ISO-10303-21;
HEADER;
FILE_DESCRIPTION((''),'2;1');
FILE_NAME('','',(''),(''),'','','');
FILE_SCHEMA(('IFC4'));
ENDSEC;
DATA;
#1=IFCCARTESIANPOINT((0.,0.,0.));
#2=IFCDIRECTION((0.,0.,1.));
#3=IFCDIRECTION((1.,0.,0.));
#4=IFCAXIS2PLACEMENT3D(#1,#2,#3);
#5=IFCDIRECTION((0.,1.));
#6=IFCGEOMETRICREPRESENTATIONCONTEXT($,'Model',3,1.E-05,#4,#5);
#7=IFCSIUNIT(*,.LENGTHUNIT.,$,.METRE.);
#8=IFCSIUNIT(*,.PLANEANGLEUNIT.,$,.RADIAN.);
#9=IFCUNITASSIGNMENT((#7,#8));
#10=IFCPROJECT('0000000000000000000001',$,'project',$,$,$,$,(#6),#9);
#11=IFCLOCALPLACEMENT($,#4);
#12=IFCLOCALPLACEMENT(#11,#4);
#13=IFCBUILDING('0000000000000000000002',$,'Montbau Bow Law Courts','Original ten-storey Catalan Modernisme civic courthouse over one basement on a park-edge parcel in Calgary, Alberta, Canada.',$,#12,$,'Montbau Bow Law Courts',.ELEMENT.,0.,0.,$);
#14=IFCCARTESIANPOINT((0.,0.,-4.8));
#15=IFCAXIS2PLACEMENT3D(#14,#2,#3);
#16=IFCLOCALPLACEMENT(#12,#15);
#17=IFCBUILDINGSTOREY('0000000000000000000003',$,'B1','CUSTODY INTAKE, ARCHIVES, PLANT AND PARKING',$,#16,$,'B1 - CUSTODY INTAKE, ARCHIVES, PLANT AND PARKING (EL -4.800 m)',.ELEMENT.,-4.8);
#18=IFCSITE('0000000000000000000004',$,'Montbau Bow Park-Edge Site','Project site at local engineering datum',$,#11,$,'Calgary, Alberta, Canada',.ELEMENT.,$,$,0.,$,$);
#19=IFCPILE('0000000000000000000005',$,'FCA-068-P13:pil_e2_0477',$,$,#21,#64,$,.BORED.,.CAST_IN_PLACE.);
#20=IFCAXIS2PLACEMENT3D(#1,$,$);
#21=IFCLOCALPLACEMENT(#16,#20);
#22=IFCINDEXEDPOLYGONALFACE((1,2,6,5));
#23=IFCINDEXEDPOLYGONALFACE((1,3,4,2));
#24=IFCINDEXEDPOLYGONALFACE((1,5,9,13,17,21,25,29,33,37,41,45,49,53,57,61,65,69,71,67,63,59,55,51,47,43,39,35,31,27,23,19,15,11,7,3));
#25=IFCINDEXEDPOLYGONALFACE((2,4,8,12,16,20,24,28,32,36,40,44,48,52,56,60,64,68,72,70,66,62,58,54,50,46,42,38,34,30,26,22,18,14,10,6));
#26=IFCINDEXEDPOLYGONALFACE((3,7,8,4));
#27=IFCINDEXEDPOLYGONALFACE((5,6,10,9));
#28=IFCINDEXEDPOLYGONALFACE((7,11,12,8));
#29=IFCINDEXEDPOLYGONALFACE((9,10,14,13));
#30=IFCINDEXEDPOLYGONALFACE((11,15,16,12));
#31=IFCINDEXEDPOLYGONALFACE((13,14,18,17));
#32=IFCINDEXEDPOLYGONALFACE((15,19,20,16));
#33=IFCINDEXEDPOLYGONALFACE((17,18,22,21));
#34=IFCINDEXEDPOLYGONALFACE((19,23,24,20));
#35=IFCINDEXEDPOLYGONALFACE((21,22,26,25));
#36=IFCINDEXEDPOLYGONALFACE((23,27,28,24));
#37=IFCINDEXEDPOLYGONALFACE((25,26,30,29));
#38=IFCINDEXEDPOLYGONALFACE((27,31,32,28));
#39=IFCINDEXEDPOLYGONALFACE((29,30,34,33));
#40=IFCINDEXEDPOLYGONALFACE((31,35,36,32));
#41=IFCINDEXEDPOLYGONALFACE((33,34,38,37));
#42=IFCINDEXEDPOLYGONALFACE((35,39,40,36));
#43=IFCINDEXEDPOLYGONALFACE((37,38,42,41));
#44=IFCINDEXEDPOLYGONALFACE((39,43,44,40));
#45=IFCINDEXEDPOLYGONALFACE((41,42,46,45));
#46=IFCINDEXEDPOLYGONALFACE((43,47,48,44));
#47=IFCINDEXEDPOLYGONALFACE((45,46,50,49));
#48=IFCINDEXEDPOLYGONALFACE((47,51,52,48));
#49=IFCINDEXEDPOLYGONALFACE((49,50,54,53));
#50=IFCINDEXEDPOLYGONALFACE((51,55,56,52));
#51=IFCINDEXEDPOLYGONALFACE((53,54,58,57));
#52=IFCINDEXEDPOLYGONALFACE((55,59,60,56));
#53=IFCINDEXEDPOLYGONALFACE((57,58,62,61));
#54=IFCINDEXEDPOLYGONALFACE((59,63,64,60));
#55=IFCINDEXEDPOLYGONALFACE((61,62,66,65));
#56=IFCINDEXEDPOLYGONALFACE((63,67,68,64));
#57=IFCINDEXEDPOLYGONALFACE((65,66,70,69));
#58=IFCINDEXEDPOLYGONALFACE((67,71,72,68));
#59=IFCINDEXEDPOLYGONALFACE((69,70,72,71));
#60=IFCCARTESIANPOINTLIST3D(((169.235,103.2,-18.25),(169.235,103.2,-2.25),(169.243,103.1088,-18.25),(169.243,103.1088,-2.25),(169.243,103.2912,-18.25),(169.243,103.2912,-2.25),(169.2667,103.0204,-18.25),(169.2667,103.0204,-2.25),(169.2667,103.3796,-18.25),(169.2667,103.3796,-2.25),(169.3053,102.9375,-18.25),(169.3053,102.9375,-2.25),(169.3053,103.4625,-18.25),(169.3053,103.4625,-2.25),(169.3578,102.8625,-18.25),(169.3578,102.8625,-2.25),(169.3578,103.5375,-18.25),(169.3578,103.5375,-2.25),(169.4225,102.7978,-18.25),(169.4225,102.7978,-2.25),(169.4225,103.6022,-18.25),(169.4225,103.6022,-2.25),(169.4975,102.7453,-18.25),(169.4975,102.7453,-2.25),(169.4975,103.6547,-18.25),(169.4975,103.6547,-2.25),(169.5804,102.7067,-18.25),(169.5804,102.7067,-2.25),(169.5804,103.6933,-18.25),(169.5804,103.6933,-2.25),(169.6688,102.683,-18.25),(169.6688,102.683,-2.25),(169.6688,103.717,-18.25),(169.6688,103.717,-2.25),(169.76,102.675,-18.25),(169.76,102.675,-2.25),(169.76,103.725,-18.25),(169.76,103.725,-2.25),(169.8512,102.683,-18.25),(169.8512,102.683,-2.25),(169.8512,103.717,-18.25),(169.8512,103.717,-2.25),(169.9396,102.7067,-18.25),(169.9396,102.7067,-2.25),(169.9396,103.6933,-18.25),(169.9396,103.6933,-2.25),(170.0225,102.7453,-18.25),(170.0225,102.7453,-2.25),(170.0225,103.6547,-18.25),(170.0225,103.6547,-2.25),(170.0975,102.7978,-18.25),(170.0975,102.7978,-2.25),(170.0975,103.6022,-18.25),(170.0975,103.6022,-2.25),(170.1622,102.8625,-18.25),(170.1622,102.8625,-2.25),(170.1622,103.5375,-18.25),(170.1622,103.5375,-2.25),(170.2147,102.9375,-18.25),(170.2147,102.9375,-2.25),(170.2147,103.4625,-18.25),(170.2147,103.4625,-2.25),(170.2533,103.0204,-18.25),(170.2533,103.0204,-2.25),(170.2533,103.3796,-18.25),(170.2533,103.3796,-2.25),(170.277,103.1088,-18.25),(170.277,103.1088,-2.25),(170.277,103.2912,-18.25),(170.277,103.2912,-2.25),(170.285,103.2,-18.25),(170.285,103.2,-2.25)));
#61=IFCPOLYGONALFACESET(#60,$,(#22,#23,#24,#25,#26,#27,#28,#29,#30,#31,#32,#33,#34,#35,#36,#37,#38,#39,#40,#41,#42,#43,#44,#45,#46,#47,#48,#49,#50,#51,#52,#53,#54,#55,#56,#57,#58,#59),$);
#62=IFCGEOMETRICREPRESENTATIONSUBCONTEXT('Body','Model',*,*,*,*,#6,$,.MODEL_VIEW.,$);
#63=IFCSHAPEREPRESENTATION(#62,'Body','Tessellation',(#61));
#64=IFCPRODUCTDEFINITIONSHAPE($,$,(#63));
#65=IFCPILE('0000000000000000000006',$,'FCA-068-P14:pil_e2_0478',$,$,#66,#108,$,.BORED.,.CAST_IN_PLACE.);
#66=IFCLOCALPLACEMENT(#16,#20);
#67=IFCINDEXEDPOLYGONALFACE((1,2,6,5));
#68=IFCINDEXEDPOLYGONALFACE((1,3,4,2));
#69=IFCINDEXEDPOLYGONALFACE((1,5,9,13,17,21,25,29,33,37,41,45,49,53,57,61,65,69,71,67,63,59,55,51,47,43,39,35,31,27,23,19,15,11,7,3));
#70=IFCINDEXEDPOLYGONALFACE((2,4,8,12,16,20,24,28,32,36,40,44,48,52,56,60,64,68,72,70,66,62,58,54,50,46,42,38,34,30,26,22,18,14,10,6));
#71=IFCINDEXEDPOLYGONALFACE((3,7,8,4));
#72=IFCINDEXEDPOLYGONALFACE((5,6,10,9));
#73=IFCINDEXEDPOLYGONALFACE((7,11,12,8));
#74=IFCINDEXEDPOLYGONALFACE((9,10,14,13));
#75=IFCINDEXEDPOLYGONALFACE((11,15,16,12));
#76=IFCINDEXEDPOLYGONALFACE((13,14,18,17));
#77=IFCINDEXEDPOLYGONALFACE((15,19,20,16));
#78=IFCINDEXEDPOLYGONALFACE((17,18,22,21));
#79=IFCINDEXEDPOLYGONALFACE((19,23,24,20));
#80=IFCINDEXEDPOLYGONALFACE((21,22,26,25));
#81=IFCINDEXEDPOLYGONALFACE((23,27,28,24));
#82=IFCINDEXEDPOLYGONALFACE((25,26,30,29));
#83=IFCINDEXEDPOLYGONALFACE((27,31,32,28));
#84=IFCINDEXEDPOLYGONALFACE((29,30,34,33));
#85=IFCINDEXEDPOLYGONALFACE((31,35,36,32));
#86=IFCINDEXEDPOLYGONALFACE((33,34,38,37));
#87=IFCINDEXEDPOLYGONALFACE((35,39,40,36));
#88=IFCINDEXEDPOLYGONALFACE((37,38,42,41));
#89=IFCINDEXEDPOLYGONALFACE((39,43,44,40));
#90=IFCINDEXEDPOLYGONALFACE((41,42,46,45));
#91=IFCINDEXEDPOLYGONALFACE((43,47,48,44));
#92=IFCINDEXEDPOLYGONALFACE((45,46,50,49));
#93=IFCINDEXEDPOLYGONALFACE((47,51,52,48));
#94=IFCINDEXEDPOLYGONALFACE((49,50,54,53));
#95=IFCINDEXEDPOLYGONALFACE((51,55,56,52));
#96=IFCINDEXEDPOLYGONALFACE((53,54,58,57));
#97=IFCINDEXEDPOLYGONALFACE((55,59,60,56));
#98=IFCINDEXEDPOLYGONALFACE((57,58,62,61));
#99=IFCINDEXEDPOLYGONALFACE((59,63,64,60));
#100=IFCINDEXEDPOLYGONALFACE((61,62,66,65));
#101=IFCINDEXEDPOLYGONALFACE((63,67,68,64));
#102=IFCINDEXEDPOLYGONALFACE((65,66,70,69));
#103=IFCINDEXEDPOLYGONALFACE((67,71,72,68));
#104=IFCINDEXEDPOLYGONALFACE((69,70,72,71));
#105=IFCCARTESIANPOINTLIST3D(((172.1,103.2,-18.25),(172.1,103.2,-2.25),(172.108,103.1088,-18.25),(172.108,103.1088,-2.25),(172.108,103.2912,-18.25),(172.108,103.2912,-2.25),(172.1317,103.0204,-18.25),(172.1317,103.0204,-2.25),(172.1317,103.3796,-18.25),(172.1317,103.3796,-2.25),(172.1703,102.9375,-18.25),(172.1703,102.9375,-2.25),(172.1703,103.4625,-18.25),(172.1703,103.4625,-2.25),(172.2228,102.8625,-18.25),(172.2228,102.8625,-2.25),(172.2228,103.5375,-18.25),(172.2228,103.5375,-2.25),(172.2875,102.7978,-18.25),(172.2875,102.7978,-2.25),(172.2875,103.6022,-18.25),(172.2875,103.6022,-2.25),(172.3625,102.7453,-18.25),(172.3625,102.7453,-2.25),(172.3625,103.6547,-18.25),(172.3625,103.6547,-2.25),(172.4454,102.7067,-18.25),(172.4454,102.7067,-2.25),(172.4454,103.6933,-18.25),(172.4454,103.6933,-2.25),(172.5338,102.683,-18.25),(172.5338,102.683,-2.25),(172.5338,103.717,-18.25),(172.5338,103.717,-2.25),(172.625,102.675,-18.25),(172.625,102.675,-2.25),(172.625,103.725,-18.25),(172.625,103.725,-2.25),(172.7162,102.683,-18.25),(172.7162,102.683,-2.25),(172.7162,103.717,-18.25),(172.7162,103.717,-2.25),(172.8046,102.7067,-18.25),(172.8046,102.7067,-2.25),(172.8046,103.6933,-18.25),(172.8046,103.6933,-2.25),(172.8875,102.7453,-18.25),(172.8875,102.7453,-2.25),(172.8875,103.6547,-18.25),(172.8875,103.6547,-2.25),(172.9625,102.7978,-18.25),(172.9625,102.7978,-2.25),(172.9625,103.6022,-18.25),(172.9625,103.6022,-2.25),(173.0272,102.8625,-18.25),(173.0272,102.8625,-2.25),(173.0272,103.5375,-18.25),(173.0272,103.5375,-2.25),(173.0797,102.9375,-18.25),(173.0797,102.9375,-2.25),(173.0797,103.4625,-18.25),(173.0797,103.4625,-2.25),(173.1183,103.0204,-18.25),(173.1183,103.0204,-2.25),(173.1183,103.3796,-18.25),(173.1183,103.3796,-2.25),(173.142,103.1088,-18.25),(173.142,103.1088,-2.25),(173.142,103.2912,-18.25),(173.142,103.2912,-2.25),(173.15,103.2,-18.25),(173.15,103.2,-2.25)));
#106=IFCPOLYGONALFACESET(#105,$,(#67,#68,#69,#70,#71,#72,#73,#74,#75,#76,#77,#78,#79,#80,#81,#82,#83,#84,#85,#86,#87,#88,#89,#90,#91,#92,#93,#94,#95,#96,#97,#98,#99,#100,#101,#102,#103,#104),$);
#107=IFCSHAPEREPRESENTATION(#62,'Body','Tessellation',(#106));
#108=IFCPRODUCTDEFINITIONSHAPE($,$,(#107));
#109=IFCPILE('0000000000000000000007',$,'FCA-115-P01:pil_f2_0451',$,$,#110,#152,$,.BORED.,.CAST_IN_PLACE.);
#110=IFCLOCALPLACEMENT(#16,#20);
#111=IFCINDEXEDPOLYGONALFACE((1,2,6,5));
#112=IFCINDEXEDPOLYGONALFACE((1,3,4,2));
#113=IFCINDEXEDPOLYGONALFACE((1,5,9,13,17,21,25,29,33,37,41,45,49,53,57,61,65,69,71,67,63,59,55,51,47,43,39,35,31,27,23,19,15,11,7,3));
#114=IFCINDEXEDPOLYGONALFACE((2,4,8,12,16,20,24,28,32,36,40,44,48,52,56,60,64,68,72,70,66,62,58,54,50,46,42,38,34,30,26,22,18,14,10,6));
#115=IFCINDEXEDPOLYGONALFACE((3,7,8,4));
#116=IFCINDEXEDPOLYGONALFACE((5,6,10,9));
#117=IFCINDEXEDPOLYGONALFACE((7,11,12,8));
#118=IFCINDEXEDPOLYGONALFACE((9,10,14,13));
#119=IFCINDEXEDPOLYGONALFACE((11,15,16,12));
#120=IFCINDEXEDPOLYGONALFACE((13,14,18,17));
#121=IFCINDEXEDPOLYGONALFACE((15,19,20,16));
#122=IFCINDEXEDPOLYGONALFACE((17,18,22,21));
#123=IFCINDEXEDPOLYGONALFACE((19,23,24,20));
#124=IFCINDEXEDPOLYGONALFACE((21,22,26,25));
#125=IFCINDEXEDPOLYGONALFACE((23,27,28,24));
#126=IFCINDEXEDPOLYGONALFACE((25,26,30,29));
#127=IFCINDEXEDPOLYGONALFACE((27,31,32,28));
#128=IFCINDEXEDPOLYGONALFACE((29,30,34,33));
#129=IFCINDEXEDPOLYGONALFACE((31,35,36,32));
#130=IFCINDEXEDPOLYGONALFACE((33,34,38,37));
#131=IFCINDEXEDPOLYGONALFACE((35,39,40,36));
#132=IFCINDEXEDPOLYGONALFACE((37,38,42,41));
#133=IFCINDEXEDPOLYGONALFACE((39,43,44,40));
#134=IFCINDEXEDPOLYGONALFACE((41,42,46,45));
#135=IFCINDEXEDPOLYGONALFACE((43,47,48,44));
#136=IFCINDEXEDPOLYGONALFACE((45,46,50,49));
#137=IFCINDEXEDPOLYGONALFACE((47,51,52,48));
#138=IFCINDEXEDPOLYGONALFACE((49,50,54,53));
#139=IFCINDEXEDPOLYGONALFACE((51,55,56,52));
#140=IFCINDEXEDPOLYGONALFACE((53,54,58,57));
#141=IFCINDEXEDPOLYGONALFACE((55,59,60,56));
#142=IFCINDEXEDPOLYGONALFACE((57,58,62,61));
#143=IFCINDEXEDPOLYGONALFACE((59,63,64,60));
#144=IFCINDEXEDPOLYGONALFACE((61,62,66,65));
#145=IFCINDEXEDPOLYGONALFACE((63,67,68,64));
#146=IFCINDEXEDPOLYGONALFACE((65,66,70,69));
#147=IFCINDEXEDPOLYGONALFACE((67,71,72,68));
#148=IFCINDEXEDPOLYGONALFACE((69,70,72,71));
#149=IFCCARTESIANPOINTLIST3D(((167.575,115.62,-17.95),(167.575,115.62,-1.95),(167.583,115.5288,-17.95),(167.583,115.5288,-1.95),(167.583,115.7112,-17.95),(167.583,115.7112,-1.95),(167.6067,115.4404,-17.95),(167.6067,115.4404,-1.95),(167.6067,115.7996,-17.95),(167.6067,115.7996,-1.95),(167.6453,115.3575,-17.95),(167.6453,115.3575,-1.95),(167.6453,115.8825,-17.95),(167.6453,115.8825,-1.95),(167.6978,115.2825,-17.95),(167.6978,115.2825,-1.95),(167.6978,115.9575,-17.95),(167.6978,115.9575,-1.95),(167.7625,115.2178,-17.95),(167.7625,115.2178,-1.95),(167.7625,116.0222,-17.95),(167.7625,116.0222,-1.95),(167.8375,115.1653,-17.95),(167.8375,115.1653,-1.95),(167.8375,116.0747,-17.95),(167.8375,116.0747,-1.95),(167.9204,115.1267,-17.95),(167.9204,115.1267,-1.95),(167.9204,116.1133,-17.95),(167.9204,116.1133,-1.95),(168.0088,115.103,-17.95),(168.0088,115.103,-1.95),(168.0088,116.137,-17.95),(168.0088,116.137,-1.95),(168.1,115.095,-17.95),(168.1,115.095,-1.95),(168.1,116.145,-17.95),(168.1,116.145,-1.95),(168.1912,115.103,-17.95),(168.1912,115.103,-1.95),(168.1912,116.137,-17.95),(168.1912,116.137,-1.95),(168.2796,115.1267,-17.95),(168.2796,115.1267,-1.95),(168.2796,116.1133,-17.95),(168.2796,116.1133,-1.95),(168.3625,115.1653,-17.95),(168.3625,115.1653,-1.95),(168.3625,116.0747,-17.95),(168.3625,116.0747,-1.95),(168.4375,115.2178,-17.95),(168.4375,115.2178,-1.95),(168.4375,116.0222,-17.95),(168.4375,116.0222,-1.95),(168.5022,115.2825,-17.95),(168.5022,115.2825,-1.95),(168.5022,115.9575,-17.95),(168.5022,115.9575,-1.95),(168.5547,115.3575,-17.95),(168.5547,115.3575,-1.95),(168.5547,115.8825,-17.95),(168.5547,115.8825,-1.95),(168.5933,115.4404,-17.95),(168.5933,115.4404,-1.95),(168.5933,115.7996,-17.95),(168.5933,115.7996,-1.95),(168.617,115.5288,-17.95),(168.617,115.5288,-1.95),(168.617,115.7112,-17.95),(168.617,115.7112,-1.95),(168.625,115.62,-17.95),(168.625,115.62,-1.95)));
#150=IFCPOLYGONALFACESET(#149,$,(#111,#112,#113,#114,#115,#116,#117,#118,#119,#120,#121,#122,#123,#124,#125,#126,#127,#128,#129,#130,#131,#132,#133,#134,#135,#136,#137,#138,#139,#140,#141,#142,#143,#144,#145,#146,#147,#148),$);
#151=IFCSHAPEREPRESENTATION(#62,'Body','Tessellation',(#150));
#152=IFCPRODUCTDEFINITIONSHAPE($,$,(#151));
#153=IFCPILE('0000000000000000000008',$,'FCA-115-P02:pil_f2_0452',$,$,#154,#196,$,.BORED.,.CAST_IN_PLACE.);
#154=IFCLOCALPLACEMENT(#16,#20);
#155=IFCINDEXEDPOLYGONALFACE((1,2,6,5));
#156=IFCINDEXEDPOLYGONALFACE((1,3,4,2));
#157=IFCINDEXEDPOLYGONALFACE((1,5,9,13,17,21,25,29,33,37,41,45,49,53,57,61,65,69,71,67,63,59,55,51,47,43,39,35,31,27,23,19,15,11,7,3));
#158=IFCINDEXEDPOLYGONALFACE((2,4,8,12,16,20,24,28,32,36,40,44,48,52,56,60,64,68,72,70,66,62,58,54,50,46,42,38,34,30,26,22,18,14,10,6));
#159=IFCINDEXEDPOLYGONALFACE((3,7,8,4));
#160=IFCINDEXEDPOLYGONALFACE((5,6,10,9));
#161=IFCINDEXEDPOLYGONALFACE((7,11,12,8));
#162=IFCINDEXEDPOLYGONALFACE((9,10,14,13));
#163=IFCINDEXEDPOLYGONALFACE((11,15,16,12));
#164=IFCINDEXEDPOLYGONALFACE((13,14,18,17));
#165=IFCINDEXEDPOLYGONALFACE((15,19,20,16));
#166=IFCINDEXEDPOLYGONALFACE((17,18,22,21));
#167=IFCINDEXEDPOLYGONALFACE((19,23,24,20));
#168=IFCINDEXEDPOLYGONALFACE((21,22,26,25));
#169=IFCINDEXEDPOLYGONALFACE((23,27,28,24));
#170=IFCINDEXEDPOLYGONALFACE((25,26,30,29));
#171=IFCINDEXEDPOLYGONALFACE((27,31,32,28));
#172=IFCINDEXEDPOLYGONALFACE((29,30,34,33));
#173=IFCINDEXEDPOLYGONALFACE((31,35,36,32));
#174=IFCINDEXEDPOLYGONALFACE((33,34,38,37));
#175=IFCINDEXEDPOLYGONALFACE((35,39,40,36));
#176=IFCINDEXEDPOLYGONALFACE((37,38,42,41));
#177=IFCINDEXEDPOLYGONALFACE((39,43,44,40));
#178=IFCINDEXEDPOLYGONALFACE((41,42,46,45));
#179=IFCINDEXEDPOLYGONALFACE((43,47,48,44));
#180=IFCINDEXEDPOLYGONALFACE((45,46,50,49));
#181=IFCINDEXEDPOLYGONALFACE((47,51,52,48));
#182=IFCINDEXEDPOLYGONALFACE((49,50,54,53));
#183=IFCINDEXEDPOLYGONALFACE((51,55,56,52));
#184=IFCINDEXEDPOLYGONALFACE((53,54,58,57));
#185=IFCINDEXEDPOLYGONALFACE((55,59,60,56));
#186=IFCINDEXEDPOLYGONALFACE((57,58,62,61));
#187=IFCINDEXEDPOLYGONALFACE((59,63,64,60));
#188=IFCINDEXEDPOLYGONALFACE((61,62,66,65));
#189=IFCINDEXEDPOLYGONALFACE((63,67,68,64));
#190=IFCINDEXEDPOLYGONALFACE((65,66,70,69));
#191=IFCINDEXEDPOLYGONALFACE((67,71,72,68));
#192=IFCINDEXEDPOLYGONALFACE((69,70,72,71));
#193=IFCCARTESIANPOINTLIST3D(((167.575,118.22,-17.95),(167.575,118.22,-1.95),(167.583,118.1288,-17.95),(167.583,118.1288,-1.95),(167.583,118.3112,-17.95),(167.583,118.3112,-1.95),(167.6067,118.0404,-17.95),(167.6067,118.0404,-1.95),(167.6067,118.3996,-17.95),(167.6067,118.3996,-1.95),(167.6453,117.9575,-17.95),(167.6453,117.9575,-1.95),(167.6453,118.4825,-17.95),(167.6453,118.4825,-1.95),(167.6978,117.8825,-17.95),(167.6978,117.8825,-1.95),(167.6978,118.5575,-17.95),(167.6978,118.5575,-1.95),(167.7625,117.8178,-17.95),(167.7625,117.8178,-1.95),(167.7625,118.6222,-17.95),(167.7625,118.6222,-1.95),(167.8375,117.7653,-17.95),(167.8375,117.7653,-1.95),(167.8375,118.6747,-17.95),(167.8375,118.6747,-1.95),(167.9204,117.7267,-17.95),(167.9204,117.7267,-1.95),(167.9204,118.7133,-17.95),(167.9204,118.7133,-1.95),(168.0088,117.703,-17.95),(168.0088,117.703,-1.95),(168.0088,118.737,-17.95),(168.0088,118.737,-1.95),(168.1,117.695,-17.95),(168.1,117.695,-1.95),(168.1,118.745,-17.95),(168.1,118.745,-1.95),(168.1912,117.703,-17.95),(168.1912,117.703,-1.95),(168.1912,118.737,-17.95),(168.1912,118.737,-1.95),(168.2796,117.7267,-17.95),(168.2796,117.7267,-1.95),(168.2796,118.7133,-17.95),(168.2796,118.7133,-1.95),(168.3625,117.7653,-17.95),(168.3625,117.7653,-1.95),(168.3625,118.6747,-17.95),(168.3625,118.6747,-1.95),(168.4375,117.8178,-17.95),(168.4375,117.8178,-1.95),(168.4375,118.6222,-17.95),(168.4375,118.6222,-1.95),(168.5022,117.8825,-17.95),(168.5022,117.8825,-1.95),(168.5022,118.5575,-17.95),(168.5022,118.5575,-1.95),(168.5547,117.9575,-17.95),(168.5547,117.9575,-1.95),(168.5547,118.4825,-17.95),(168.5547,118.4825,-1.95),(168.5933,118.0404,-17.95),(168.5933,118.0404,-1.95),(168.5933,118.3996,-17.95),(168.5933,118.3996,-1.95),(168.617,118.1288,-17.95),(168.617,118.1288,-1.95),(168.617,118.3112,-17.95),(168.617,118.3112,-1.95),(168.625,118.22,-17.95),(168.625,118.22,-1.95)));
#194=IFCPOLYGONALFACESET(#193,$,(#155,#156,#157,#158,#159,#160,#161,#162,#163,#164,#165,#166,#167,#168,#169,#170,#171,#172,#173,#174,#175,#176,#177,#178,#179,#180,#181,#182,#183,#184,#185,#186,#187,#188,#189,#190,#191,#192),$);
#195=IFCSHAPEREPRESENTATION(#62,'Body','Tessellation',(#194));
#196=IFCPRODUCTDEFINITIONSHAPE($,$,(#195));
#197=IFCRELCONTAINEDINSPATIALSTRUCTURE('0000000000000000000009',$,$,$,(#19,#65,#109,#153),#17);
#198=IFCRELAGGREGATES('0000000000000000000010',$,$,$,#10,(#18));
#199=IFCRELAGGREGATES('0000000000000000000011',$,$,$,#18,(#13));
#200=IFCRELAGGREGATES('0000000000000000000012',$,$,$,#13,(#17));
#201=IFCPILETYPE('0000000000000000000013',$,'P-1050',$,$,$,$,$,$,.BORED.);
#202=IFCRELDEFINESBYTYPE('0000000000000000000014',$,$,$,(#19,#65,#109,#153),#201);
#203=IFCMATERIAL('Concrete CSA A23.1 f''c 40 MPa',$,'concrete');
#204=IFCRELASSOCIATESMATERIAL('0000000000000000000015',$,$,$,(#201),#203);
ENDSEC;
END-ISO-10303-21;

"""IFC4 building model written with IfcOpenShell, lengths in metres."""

from ifc_helpers import new_model, si_unit, direction, frame, origin_with_axes, origin_2d_with_axis, place, context, subcontext, project, spatial, circle, extrude, material, material_profile, profile_set, type_object, element, save


model = new_model("IFC4")

# Units and contexts
model_context = context("Model", 3, precision=1e-05, world=origin_with_axes(), true_north=direction((0.0, 1.0)))
body_context = subcontext(model_context, "Body", "Model", "MODEL_VIEW")
ifc_project = project(units=[si_unit("LENGTHUNIT", "METRE"), si_unit("PLANEANGLEUNIT", "RADIAN")], contexts=[model_context])

# Site, building, storey
site_placement = place(None, origin_with_axes())
site = spatial("IfcSite", under=ifc_project, at=site_placement, Name="Montbau Bow Park-Edge Site", Description="Project site at local engineering datum", LongName="Calgary, Alberta, Canada", CompositionType="ELEMENT", RefElevation=0.0)
building_placement = place(site_placement, origin_with_axes())
building = spatial("IfcBuilding", under=site, at=building_placement, Name="Montbau Bow Law Courts", Description="Original ten-storey Catalan Modernisme civic courthouse over one basement on a park-edge parcel in Calgary, Alberta, Canada.", LongName="Montbau Bow Law Courts", CompositionType="ELEMENT", ElevationOfRefHeight=0.0, ElevationOfTerrain=0.0)
storey_placement = place(building_placement, frame((0.0, 0.0, -4.8), z_axis=(0.0, 0.0, 1.0), x_axis=(1.0, 0.0, 0.0)))
storey = spatial("IfcBuildingStorey", under=building, at=storey_placement, Name="B1", Description="CUSTODY INTAKE, ARCHIVES, PLANT AND PARKING", LongName="B1 - CUSTODY INTAKE, ARCHIVES, PLANT AND PARKING (EL -4.800 m)", CompositionType="ELEMENT", Elevation=-4.8)

# Piles
ifc_material_1 = material(Name="Concrete CSA A23.1 f'c 40 MPa", Category="concrete")
ifc_material_profile_1 = material_profile(ifc_material_1, circle(Radius=0.525, at=origin_2d_with_axis()), Name="BP1050", Category="Main", Priority=0)
ifc_profile_set_1 = profile_set([ifc_material_profile_1], Name="Concrete CSA A23.1 f'c 40 MPa")
pile_type_1 = type_object("IfcPileType", Name="P-1050", PredefinedType="BORED", material=ifc_profile_set_1)
for number, where, z_axis, x_axis, name in (
    (1, (169.76, 103.2, -23.05), (0.0, 0.0, 1.0), (1.0, 0.0, 0.0), "FCA-068-P13:pil_e2_0477"),
    (2, (172.625, 103.2, -23.05), (0.0, 0.0, 1.0), (1.0, 0.0, 0.0), "FCA-068-P14:pil_e2_0478"),
    (3, (168.1, 115.62, -22.75), (0.0, 0.0, 1.0), (1.0, 0.0, 0.0), "FCA-115-P01:pil_f2_0451"),
    (4, (168.1, 118.22, -22.75), (0.0, 0.0, 1.0), (1.0, 0.0, 0.0), "FCA-115-P02:pil_f2_0452"),
):
    element("IfcPile", number, at=place(None, frame(where, z_axis=z_axis, x_axis=x_axis)), inside=storey, type_object=pile_type_1, Name=name, ConstructionType="CAST_IN_PLACE", PredefinedType="BORED", context=body_context, shape_type="SweptSolid", body=[
        extrude(circle(Radius=0.525, at=origin_2d_with_axis()), origin_with_axes(), (0.0, 0.0, 1.0), 16.0),
    ])

save(model, "model.ifc")
